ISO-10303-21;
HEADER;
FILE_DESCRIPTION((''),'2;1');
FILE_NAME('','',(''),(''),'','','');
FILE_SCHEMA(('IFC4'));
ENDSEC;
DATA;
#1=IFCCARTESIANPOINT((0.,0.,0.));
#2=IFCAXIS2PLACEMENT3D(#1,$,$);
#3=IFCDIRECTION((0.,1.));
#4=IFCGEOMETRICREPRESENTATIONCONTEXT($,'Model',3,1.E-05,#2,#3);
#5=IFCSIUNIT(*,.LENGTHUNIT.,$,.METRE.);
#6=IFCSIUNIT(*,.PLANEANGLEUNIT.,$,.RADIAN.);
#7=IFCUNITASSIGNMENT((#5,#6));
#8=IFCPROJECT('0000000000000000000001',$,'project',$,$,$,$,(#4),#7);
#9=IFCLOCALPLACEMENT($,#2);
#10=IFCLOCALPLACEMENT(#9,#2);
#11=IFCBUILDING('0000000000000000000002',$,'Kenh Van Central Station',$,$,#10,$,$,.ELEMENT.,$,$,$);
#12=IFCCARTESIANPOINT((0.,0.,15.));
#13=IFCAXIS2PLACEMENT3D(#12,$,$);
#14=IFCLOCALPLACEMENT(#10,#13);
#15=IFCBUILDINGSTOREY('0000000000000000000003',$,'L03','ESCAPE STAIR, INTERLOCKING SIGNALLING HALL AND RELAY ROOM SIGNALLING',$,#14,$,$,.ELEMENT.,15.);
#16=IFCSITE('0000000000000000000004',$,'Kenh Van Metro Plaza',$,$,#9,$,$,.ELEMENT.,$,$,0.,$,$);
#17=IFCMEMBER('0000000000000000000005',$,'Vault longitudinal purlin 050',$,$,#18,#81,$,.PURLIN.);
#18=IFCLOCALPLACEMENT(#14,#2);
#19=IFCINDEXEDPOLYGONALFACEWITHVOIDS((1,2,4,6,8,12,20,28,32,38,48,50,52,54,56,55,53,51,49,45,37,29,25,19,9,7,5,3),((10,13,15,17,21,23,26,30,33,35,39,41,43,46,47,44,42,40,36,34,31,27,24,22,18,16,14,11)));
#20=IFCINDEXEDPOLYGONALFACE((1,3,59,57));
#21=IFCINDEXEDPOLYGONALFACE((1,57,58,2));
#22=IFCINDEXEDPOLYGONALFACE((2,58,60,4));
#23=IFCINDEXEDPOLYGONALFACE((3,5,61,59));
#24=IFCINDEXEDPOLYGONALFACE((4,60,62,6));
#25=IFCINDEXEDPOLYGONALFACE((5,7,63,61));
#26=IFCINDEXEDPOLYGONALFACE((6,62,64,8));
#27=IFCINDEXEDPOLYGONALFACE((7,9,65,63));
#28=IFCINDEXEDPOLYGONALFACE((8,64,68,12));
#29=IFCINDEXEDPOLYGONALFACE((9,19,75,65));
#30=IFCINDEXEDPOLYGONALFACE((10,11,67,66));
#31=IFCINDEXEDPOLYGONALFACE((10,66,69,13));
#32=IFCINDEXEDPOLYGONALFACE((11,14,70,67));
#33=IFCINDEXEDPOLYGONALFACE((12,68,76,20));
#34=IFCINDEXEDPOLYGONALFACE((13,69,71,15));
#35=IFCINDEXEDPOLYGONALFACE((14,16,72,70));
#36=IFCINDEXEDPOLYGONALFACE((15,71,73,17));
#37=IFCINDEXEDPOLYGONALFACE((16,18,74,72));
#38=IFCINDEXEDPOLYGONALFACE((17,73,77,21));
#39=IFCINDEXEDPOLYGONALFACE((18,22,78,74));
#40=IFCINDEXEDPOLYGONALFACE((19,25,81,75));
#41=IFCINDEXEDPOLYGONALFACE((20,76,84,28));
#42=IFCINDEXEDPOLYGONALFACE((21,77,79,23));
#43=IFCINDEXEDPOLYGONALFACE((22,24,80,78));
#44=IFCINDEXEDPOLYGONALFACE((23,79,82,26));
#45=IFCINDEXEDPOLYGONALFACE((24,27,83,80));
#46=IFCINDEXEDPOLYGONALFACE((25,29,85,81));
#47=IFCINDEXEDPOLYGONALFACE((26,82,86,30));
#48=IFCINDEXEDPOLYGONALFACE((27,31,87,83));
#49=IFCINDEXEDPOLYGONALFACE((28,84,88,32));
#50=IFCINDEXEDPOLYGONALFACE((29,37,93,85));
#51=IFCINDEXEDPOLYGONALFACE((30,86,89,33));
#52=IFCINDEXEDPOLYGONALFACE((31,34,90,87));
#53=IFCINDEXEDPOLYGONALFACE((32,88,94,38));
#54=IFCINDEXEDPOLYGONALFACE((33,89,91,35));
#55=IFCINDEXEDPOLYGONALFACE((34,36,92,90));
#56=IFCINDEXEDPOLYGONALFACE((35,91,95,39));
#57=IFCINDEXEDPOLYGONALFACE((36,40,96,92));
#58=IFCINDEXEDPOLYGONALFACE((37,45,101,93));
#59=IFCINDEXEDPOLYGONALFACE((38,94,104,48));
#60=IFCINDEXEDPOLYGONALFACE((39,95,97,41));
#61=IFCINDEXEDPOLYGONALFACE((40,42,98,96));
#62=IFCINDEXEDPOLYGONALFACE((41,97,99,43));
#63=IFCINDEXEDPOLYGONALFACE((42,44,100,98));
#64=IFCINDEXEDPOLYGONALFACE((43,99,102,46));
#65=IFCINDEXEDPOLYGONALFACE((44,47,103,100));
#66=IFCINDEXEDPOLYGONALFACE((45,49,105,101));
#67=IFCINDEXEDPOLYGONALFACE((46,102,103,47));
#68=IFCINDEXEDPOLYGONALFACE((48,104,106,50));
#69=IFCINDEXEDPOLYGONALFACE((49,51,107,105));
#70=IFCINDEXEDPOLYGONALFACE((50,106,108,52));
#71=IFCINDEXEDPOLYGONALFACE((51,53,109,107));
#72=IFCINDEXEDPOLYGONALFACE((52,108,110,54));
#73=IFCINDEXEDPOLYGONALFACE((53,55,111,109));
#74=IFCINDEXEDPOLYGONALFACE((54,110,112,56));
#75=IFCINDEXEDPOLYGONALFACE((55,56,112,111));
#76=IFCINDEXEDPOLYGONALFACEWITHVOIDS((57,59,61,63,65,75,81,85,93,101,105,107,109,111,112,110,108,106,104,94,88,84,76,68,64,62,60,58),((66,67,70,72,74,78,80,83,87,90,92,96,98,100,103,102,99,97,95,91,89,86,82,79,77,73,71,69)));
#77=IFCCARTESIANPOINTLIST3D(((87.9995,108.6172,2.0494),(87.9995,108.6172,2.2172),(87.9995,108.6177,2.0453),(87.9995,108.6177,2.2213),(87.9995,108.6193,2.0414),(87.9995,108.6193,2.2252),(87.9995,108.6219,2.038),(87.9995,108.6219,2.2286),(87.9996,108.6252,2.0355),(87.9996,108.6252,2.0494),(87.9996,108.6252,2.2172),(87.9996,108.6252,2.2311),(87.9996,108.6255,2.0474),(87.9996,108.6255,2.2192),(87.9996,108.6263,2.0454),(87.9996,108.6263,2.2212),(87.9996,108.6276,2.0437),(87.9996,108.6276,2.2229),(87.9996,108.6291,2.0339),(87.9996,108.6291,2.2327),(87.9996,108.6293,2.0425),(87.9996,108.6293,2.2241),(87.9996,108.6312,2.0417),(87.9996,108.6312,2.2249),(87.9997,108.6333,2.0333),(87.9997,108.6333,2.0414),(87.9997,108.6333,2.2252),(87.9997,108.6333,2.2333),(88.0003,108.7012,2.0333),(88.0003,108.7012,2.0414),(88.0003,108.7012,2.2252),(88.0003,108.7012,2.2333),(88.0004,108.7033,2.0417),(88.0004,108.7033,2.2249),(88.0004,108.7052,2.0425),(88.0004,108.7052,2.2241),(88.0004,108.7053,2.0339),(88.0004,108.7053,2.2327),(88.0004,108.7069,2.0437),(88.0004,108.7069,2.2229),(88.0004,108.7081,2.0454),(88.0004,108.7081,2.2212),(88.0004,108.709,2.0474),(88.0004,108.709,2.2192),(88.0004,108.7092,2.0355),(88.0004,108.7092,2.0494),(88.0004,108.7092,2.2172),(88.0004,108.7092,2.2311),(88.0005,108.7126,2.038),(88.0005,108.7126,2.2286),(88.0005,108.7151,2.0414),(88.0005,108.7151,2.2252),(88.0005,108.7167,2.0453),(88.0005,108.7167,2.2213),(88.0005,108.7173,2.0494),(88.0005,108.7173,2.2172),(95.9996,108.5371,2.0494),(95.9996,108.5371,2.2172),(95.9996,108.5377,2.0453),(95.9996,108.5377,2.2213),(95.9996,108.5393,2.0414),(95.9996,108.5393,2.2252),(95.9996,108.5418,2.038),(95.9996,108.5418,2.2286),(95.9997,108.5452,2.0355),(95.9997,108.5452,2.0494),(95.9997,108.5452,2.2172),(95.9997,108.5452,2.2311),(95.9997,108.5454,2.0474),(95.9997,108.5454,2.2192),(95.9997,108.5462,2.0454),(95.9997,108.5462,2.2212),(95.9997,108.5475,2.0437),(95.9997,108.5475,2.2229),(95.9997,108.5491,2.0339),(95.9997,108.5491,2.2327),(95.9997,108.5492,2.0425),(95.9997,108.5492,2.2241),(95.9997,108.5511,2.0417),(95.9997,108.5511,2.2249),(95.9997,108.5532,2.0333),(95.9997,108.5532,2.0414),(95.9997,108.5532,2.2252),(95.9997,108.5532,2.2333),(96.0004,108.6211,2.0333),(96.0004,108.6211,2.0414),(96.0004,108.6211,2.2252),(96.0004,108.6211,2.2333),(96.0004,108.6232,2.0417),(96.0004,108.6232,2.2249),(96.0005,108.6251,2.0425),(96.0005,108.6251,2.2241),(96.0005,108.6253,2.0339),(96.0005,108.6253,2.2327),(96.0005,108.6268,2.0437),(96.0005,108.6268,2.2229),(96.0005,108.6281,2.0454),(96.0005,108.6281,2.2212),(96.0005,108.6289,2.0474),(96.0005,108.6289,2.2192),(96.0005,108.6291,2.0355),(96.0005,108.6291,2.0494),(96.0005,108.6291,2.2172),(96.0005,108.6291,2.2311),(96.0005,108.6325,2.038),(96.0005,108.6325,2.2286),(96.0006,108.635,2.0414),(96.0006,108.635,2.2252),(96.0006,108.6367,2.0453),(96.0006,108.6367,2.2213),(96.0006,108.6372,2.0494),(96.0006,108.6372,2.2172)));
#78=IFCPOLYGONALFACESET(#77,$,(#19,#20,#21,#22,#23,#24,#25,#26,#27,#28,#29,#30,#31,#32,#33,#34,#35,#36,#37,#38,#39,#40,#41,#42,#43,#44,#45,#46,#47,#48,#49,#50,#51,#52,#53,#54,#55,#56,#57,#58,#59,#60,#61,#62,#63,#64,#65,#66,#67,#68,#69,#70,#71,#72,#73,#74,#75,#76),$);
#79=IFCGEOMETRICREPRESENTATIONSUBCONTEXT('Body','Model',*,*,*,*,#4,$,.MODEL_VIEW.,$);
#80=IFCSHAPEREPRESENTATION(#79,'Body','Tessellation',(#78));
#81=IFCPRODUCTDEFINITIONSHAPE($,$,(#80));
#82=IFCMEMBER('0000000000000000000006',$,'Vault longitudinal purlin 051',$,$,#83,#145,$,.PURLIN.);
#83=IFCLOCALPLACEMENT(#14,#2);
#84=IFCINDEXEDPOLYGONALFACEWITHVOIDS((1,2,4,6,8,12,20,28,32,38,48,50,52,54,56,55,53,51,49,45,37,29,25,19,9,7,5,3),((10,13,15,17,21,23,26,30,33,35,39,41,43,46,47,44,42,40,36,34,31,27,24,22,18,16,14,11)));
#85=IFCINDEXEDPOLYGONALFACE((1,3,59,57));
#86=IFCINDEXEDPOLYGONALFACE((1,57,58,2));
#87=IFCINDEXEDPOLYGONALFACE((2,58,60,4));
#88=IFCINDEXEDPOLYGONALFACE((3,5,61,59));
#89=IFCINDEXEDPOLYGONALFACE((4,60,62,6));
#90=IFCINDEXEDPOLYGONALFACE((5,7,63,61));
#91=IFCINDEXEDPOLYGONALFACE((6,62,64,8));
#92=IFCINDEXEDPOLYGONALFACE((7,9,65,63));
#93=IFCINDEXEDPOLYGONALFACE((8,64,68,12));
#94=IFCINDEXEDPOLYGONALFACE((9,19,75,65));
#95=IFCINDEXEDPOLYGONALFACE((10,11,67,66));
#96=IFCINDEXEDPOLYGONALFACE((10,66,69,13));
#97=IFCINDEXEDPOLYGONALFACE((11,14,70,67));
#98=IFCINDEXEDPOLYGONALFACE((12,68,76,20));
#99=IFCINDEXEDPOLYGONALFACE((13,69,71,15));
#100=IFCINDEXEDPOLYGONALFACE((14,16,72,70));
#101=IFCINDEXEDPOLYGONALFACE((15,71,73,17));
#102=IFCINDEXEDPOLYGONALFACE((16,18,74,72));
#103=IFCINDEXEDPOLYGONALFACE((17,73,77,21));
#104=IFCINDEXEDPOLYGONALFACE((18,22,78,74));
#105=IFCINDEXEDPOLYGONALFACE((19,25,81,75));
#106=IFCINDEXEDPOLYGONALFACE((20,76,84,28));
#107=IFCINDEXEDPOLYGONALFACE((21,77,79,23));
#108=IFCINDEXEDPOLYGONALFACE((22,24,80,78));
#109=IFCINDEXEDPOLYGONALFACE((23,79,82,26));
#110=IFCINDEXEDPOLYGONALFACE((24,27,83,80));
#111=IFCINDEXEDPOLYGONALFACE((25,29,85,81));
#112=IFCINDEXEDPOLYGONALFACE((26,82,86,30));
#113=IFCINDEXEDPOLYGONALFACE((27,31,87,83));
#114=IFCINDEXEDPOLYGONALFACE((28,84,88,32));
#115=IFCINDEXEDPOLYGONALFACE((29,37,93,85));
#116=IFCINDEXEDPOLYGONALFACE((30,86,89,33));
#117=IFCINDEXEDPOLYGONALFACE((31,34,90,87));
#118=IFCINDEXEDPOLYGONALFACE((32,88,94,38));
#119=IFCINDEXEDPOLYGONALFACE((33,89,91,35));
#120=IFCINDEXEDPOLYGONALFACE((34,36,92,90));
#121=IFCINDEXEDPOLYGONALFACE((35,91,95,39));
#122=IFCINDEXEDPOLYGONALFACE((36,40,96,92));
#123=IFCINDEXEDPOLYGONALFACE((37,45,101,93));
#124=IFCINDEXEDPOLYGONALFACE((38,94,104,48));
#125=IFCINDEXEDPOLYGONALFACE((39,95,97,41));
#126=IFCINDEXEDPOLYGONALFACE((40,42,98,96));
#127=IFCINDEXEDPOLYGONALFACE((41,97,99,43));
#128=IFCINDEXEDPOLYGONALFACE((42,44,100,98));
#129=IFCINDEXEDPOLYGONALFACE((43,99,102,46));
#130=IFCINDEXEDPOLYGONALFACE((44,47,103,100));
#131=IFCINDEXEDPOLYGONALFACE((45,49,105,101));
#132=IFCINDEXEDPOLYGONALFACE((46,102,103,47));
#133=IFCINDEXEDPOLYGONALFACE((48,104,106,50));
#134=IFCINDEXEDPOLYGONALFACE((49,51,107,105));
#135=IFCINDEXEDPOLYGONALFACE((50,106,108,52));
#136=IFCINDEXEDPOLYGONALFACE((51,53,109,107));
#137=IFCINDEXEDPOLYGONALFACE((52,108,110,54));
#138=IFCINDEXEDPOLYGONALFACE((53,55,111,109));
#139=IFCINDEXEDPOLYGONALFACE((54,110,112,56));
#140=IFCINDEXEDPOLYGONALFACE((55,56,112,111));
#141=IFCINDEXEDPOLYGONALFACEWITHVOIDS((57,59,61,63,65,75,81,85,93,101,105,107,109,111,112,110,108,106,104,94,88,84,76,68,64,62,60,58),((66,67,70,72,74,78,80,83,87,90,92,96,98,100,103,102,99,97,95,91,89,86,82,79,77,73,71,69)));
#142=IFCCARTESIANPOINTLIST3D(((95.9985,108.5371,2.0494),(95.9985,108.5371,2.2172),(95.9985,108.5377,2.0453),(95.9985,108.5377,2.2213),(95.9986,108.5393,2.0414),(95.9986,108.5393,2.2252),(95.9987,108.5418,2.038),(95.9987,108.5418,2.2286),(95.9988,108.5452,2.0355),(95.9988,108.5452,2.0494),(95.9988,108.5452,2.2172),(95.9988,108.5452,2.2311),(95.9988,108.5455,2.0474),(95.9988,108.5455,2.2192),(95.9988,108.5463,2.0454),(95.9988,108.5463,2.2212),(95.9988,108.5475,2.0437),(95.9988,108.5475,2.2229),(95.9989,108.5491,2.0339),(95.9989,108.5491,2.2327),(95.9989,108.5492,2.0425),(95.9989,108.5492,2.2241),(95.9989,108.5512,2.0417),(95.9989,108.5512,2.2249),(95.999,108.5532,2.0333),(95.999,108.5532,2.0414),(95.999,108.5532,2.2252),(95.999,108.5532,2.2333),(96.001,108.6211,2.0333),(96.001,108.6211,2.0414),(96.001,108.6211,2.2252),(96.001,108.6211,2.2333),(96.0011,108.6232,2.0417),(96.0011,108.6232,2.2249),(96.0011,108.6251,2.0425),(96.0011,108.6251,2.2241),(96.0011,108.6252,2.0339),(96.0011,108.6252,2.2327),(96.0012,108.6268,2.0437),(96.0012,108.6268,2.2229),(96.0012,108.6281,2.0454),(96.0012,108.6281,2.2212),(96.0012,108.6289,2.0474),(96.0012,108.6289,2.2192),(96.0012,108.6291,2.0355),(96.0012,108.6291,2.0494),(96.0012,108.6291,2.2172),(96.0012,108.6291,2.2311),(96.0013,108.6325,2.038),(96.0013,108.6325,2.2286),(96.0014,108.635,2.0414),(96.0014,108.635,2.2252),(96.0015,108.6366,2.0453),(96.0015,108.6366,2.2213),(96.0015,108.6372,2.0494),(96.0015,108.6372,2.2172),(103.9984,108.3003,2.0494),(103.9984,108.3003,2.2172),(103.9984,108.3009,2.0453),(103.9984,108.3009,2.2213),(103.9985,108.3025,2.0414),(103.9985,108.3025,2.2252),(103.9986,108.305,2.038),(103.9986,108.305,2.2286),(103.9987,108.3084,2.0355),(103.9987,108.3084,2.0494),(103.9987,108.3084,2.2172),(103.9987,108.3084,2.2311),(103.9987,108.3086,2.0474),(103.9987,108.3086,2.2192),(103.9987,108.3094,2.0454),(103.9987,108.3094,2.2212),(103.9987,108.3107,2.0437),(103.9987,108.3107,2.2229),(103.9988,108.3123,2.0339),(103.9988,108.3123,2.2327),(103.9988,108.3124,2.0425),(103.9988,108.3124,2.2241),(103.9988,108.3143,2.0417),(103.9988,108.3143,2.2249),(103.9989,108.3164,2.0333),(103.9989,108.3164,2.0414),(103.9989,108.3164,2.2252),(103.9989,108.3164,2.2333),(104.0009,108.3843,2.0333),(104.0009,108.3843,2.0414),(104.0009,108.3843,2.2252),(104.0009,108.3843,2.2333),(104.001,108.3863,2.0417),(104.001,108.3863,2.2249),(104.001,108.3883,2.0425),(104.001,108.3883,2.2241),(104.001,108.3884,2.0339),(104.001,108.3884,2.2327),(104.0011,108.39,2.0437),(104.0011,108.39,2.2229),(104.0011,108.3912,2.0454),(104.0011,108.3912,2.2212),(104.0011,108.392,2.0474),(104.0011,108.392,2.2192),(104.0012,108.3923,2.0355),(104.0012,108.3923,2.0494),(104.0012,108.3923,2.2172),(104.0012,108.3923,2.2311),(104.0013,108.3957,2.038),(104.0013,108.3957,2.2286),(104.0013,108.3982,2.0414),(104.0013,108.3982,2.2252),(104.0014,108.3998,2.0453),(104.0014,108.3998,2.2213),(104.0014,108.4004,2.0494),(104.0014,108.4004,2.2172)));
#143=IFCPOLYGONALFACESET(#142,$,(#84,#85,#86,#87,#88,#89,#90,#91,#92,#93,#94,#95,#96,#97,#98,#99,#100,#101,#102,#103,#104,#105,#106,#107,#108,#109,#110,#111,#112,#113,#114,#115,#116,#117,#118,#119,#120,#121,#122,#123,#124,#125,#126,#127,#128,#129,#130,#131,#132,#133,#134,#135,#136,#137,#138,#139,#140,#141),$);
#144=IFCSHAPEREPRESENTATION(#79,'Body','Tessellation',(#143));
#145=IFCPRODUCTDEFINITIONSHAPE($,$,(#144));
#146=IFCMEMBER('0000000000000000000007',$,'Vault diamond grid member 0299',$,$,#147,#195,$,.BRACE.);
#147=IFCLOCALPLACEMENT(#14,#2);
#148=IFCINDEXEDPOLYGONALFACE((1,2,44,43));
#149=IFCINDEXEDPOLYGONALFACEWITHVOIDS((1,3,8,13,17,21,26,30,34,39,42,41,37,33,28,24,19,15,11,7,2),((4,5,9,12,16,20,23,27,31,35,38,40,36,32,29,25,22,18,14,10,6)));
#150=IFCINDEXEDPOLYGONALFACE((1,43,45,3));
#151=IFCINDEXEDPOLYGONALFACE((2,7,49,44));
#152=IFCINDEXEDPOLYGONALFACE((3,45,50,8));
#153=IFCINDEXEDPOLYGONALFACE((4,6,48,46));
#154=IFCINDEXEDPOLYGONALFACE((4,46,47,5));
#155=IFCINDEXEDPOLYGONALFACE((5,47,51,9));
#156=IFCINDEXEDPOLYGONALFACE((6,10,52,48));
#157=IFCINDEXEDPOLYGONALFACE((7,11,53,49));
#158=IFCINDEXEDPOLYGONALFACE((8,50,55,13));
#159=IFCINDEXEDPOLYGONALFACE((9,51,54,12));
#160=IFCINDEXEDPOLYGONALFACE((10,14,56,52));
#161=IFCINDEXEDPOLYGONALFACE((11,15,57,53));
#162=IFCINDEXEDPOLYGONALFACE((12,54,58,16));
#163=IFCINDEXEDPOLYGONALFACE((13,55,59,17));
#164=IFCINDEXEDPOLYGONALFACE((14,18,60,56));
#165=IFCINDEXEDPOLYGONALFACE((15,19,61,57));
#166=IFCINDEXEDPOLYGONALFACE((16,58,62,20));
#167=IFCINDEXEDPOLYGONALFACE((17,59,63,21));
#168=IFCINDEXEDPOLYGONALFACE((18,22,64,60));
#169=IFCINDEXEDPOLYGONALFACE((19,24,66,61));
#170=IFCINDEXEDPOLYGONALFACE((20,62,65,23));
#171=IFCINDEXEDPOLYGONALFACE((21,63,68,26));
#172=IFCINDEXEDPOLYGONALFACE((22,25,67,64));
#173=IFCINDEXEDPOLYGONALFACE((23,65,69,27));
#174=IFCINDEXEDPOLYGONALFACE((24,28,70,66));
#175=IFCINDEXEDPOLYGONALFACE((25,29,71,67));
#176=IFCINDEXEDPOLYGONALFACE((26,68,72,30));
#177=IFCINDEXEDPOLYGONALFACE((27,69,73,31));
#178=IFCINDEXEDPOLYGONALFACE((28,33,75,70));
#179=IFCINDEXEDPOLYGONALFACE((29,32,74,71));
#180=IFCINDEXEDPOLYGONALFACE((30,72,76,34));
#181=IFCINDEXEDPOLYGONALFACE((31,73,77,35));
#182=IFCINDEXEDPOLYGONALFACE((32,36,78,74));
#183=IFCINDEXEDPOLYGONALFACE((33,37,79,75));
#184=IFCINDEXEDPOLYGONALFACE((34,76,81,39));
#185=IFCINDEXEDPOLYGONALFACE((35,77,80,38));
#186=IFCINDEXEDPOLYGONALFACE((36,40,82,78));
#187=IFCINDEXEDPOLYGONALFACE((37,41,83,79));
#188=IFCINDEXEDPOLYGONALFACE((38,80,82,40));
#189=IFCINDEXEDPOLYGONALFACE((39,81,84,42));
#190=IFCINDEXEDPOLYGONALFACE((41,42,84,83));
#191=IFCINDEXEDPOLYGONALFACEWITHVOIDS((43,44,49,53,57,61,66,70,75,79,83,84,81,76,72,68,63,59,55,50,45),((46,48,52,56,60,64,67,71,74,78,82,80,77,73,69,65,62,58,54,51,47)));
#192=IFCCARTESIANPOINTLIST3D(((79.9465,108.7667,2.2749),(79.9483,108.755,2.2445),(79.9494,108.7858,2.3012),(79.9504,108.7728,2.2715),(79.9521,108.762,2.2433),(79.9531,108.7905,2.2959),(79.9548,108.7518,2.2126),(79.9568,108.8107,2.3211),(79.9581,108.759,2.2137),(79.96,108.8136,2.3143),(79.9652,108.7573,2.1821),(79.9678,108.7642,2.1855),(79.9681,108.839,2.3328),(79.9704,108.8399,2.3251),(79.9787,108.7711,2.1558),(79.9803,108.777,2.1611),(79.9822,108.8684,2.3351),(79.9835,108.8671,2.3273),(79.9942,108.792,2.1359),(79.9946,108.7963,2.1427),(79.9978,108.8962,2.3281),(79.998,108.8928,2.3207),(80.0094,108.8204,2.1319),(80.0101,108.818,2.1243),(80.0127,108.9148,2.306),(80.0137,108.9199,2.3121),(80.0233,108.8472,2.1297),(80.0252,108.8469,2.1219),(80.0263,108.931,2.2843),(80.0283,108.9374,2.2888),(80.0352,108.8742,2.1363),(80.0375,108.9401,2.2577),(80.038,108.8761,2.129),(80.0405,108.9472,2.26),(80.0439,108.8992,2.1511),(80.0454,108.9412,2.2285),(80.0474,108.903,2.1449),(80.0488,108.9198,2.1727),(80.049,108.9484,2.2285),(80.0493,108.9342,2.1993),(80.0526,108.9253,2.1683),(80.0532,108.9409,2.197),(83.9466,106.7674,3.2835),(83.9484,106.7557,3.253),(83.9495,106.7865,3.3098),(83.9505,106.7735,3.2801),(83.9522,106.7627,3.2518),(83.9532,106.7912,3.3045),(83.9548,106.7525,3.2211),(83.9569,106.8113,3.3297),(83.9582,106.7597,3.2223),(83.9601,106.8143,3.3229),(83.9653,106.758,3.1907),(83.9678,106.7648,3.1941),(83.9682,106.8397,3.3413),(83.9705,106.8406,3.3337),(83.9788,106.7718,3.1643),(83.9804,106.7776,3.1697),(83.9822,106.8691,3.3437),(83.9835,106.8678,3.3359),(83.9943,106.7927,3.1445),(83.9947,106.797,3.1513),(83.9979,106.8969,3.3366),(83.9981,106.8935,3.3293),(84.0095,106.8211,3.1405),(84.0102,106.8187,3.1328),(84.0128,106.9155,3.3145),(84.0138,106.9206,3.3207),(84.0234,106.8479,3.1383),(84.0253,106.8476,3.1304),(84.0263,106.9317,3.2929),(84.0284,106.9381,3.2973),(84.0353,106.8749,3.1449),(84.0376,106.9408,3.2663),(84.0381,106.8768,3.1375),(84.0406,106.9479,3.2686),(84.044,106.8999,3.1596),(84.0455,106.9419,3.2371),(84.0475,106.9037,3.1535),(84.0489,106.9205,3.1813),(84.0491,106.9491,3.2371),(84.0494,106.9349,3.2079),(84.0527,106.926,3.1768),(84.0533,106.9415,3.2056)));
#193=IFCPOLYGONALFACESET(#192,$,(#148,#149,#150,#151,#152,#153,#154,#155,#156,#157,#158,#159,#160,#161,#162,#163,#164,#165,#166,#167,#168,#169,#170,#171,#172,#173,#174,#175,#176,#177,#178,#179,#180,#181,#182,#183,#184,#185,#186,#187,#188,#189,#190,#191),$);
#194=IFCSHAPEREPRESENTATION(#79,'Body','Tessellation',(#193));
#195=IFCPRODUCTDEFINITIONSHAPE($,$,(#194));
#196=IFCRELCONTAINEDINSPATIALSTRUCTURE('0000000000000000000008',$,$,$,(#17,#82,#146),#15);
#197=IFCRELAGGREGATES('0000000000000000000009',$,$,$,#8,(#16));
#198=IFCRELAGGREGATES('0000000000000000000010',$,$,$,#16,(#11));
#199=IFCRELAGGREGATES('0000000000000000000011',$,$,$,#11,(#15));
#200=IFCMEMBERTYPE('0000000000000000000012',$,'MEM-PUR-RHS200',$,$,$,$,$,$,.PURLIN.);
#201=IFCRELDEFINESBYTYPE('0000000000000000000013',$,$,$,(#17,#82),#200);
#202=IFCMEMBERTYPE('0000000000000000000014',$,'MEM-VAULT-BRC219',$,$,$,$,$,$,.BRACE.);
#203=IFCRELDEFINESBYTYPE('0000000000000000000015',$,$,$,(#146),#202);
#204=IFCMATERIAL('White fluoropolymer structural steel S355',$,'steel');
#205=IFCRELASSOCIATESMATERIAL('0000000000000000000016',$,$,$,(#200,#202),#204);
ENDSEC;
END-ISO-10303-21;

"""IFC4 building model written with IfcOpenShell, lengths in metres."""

from ifc_helpers import new_model, si_unit, direction, frame, origin, origin_2d, place, context, subcontext, project, spatial, hollow_rectangle, hollow_circle, extrude, material, material_profile, profile_set, type_object, element, save


model = new_model("IFC4")

# Units and contexts
model_context = context("Model", 3, precision=1e-05, world=origin(), true_north=direction((0.0, 1.0)))
body_context = subcontext(model_context, "Body", "Model", "MODEL_VIEW")
ifc_project = project(units=[si_unit("LENGTHUNIT", "METRE"), si_unit("PLANEANGLEUNIT", "RADIAN")], contexts=[model_context])

# Site, building, storey
site_placement = place(None, origin())
site = spatial("IfcSite", under=ifc_project, at=site_placement, Name="Kenh Van Metro Plaza", CompositionType="ELEMENT", RefElevation=0.0)
building_placement = place(site_placement, origin())
building = spatial("IfcBuilding", under=site, at=building_placement, Name="Kenh Van Central Station", CompositionType="ELEMENT")
storey_placement = place(building_placement, frame((0.0, 0.0, 15.0)))
storey = spatial("IfcBuildingStorey", under=building, at=storey_placement, Name="L03", Description="ESCAPE STAIR, INTERLOCKING SIGNALLING HALL AND RELAY ROOM SIGNALLING", CompositionType="ELEMENT", Elevation=15.0)

# Shared definitions
ifc_material_1 = material(Name="White fluoropolymer structural steel S355", Category="steel")

# Members
ifc_material_profile_1 = material_profile(ifc_material_1, hollow_rectangle(XDim=0.1001, YDim=0.2, WallThickness=0.0081, InnerFilletRadius=0.0081, OuterFilletRadius=0.0161, at=origin_2d()), Name="RHS 200x100x8")
ifc_profile_set_1 = profile_set([ifc_material_profile_1], Name="White fluoropolymer structural steel S355")
member_type_1 = type_object("IfcMemberType", Name="MEM-PUR-RHS200", PredefinedType="PURLIN", material=ifc_profile_set_1)
member_1_placement = place(storey_placement, frame((88.0, 108.6672, 2.1333), z_axis=(0.99995, -0.010009, 0.0), x_axis=(0.010009, 0.99995, 0.0)))
element("IfcMember", 1, at=member_1_placement, inside=storey, type_object=member_type_1, Name="Vault longitudinal purlin 050", PredefinedType="PURLIN", context=body_context, shape_type="SweptSolid", body=[
    extrude(hollow_rectangle(XDim=0.1001, YDim=0.2, WallThickness=0.0081, InnerFilletRadius=0.0081, OuterFilletRadius=0.0161, at=origin_2d()), origin(), (0.0, 0.0, 1.0), 8.0005),
])
member_2_placement = place(storey_placement, frame((96.0, 108.5872, 2.1333), z_axis=(0.999562, -0.029589, 0.0), x_axis=(0.029589, 0.999562, 0.0)))
element("IfcMember", 2, at=member_2_placement, inside=storey, type_object=member_type_1, Name="Vault longitudinal purlin 051", PredefinedType="PURLIN", context=body_context, shape_type="SweptSolid", body=[
    extrude(hollow_rectangle(XDim=0.1001, YDim=0.2, WallThickness=0.0081, InnerFilletRadius=0.0081, OuterFilletRadius=0.0161, at=origin_2d()), origin(), (0.0, 0.0, 1.0), 8.0034),
])
ifc_material_profile_2 = material_profile(ifc_material_1, hollow_circle(Radius=0.1096, WallThickness=0.0081, at=origin_2d()), Name="CHS 219.1x8")
ifc_profile_set_2 = profile_set([ifc_material_profile_2], Name="White fluoropolymer structural steel S355")
member_type_2 = type_object("IfcMemberType", Name="MEM-VAULT-BRC219", PredefinedType="BRACE", material=ifc_profile_set_2)
member_3_placement = place(storey_placement, frame((80.0, 108.8503, 2.2285), z_axis=(0.872576, -0.436128, 0.220008), x_axis=(0.447083, 0.894493, 0.0)))
element("IfcMember", 3, at=member_3_placement, inside=storey, type_object=member_type_2, Name="Vault diamond grid member 0299", PredefinedType="BRACE", context=body_context, shape_type="SweptSolid", body=[
    extrude(hollow_circle(Radius=0.1096, WallThickness=0.0081, at=origin_2d()), origin(), (0.0, 0.0, 1.0), 4.5842),
])

save(model, "model.ifc")
